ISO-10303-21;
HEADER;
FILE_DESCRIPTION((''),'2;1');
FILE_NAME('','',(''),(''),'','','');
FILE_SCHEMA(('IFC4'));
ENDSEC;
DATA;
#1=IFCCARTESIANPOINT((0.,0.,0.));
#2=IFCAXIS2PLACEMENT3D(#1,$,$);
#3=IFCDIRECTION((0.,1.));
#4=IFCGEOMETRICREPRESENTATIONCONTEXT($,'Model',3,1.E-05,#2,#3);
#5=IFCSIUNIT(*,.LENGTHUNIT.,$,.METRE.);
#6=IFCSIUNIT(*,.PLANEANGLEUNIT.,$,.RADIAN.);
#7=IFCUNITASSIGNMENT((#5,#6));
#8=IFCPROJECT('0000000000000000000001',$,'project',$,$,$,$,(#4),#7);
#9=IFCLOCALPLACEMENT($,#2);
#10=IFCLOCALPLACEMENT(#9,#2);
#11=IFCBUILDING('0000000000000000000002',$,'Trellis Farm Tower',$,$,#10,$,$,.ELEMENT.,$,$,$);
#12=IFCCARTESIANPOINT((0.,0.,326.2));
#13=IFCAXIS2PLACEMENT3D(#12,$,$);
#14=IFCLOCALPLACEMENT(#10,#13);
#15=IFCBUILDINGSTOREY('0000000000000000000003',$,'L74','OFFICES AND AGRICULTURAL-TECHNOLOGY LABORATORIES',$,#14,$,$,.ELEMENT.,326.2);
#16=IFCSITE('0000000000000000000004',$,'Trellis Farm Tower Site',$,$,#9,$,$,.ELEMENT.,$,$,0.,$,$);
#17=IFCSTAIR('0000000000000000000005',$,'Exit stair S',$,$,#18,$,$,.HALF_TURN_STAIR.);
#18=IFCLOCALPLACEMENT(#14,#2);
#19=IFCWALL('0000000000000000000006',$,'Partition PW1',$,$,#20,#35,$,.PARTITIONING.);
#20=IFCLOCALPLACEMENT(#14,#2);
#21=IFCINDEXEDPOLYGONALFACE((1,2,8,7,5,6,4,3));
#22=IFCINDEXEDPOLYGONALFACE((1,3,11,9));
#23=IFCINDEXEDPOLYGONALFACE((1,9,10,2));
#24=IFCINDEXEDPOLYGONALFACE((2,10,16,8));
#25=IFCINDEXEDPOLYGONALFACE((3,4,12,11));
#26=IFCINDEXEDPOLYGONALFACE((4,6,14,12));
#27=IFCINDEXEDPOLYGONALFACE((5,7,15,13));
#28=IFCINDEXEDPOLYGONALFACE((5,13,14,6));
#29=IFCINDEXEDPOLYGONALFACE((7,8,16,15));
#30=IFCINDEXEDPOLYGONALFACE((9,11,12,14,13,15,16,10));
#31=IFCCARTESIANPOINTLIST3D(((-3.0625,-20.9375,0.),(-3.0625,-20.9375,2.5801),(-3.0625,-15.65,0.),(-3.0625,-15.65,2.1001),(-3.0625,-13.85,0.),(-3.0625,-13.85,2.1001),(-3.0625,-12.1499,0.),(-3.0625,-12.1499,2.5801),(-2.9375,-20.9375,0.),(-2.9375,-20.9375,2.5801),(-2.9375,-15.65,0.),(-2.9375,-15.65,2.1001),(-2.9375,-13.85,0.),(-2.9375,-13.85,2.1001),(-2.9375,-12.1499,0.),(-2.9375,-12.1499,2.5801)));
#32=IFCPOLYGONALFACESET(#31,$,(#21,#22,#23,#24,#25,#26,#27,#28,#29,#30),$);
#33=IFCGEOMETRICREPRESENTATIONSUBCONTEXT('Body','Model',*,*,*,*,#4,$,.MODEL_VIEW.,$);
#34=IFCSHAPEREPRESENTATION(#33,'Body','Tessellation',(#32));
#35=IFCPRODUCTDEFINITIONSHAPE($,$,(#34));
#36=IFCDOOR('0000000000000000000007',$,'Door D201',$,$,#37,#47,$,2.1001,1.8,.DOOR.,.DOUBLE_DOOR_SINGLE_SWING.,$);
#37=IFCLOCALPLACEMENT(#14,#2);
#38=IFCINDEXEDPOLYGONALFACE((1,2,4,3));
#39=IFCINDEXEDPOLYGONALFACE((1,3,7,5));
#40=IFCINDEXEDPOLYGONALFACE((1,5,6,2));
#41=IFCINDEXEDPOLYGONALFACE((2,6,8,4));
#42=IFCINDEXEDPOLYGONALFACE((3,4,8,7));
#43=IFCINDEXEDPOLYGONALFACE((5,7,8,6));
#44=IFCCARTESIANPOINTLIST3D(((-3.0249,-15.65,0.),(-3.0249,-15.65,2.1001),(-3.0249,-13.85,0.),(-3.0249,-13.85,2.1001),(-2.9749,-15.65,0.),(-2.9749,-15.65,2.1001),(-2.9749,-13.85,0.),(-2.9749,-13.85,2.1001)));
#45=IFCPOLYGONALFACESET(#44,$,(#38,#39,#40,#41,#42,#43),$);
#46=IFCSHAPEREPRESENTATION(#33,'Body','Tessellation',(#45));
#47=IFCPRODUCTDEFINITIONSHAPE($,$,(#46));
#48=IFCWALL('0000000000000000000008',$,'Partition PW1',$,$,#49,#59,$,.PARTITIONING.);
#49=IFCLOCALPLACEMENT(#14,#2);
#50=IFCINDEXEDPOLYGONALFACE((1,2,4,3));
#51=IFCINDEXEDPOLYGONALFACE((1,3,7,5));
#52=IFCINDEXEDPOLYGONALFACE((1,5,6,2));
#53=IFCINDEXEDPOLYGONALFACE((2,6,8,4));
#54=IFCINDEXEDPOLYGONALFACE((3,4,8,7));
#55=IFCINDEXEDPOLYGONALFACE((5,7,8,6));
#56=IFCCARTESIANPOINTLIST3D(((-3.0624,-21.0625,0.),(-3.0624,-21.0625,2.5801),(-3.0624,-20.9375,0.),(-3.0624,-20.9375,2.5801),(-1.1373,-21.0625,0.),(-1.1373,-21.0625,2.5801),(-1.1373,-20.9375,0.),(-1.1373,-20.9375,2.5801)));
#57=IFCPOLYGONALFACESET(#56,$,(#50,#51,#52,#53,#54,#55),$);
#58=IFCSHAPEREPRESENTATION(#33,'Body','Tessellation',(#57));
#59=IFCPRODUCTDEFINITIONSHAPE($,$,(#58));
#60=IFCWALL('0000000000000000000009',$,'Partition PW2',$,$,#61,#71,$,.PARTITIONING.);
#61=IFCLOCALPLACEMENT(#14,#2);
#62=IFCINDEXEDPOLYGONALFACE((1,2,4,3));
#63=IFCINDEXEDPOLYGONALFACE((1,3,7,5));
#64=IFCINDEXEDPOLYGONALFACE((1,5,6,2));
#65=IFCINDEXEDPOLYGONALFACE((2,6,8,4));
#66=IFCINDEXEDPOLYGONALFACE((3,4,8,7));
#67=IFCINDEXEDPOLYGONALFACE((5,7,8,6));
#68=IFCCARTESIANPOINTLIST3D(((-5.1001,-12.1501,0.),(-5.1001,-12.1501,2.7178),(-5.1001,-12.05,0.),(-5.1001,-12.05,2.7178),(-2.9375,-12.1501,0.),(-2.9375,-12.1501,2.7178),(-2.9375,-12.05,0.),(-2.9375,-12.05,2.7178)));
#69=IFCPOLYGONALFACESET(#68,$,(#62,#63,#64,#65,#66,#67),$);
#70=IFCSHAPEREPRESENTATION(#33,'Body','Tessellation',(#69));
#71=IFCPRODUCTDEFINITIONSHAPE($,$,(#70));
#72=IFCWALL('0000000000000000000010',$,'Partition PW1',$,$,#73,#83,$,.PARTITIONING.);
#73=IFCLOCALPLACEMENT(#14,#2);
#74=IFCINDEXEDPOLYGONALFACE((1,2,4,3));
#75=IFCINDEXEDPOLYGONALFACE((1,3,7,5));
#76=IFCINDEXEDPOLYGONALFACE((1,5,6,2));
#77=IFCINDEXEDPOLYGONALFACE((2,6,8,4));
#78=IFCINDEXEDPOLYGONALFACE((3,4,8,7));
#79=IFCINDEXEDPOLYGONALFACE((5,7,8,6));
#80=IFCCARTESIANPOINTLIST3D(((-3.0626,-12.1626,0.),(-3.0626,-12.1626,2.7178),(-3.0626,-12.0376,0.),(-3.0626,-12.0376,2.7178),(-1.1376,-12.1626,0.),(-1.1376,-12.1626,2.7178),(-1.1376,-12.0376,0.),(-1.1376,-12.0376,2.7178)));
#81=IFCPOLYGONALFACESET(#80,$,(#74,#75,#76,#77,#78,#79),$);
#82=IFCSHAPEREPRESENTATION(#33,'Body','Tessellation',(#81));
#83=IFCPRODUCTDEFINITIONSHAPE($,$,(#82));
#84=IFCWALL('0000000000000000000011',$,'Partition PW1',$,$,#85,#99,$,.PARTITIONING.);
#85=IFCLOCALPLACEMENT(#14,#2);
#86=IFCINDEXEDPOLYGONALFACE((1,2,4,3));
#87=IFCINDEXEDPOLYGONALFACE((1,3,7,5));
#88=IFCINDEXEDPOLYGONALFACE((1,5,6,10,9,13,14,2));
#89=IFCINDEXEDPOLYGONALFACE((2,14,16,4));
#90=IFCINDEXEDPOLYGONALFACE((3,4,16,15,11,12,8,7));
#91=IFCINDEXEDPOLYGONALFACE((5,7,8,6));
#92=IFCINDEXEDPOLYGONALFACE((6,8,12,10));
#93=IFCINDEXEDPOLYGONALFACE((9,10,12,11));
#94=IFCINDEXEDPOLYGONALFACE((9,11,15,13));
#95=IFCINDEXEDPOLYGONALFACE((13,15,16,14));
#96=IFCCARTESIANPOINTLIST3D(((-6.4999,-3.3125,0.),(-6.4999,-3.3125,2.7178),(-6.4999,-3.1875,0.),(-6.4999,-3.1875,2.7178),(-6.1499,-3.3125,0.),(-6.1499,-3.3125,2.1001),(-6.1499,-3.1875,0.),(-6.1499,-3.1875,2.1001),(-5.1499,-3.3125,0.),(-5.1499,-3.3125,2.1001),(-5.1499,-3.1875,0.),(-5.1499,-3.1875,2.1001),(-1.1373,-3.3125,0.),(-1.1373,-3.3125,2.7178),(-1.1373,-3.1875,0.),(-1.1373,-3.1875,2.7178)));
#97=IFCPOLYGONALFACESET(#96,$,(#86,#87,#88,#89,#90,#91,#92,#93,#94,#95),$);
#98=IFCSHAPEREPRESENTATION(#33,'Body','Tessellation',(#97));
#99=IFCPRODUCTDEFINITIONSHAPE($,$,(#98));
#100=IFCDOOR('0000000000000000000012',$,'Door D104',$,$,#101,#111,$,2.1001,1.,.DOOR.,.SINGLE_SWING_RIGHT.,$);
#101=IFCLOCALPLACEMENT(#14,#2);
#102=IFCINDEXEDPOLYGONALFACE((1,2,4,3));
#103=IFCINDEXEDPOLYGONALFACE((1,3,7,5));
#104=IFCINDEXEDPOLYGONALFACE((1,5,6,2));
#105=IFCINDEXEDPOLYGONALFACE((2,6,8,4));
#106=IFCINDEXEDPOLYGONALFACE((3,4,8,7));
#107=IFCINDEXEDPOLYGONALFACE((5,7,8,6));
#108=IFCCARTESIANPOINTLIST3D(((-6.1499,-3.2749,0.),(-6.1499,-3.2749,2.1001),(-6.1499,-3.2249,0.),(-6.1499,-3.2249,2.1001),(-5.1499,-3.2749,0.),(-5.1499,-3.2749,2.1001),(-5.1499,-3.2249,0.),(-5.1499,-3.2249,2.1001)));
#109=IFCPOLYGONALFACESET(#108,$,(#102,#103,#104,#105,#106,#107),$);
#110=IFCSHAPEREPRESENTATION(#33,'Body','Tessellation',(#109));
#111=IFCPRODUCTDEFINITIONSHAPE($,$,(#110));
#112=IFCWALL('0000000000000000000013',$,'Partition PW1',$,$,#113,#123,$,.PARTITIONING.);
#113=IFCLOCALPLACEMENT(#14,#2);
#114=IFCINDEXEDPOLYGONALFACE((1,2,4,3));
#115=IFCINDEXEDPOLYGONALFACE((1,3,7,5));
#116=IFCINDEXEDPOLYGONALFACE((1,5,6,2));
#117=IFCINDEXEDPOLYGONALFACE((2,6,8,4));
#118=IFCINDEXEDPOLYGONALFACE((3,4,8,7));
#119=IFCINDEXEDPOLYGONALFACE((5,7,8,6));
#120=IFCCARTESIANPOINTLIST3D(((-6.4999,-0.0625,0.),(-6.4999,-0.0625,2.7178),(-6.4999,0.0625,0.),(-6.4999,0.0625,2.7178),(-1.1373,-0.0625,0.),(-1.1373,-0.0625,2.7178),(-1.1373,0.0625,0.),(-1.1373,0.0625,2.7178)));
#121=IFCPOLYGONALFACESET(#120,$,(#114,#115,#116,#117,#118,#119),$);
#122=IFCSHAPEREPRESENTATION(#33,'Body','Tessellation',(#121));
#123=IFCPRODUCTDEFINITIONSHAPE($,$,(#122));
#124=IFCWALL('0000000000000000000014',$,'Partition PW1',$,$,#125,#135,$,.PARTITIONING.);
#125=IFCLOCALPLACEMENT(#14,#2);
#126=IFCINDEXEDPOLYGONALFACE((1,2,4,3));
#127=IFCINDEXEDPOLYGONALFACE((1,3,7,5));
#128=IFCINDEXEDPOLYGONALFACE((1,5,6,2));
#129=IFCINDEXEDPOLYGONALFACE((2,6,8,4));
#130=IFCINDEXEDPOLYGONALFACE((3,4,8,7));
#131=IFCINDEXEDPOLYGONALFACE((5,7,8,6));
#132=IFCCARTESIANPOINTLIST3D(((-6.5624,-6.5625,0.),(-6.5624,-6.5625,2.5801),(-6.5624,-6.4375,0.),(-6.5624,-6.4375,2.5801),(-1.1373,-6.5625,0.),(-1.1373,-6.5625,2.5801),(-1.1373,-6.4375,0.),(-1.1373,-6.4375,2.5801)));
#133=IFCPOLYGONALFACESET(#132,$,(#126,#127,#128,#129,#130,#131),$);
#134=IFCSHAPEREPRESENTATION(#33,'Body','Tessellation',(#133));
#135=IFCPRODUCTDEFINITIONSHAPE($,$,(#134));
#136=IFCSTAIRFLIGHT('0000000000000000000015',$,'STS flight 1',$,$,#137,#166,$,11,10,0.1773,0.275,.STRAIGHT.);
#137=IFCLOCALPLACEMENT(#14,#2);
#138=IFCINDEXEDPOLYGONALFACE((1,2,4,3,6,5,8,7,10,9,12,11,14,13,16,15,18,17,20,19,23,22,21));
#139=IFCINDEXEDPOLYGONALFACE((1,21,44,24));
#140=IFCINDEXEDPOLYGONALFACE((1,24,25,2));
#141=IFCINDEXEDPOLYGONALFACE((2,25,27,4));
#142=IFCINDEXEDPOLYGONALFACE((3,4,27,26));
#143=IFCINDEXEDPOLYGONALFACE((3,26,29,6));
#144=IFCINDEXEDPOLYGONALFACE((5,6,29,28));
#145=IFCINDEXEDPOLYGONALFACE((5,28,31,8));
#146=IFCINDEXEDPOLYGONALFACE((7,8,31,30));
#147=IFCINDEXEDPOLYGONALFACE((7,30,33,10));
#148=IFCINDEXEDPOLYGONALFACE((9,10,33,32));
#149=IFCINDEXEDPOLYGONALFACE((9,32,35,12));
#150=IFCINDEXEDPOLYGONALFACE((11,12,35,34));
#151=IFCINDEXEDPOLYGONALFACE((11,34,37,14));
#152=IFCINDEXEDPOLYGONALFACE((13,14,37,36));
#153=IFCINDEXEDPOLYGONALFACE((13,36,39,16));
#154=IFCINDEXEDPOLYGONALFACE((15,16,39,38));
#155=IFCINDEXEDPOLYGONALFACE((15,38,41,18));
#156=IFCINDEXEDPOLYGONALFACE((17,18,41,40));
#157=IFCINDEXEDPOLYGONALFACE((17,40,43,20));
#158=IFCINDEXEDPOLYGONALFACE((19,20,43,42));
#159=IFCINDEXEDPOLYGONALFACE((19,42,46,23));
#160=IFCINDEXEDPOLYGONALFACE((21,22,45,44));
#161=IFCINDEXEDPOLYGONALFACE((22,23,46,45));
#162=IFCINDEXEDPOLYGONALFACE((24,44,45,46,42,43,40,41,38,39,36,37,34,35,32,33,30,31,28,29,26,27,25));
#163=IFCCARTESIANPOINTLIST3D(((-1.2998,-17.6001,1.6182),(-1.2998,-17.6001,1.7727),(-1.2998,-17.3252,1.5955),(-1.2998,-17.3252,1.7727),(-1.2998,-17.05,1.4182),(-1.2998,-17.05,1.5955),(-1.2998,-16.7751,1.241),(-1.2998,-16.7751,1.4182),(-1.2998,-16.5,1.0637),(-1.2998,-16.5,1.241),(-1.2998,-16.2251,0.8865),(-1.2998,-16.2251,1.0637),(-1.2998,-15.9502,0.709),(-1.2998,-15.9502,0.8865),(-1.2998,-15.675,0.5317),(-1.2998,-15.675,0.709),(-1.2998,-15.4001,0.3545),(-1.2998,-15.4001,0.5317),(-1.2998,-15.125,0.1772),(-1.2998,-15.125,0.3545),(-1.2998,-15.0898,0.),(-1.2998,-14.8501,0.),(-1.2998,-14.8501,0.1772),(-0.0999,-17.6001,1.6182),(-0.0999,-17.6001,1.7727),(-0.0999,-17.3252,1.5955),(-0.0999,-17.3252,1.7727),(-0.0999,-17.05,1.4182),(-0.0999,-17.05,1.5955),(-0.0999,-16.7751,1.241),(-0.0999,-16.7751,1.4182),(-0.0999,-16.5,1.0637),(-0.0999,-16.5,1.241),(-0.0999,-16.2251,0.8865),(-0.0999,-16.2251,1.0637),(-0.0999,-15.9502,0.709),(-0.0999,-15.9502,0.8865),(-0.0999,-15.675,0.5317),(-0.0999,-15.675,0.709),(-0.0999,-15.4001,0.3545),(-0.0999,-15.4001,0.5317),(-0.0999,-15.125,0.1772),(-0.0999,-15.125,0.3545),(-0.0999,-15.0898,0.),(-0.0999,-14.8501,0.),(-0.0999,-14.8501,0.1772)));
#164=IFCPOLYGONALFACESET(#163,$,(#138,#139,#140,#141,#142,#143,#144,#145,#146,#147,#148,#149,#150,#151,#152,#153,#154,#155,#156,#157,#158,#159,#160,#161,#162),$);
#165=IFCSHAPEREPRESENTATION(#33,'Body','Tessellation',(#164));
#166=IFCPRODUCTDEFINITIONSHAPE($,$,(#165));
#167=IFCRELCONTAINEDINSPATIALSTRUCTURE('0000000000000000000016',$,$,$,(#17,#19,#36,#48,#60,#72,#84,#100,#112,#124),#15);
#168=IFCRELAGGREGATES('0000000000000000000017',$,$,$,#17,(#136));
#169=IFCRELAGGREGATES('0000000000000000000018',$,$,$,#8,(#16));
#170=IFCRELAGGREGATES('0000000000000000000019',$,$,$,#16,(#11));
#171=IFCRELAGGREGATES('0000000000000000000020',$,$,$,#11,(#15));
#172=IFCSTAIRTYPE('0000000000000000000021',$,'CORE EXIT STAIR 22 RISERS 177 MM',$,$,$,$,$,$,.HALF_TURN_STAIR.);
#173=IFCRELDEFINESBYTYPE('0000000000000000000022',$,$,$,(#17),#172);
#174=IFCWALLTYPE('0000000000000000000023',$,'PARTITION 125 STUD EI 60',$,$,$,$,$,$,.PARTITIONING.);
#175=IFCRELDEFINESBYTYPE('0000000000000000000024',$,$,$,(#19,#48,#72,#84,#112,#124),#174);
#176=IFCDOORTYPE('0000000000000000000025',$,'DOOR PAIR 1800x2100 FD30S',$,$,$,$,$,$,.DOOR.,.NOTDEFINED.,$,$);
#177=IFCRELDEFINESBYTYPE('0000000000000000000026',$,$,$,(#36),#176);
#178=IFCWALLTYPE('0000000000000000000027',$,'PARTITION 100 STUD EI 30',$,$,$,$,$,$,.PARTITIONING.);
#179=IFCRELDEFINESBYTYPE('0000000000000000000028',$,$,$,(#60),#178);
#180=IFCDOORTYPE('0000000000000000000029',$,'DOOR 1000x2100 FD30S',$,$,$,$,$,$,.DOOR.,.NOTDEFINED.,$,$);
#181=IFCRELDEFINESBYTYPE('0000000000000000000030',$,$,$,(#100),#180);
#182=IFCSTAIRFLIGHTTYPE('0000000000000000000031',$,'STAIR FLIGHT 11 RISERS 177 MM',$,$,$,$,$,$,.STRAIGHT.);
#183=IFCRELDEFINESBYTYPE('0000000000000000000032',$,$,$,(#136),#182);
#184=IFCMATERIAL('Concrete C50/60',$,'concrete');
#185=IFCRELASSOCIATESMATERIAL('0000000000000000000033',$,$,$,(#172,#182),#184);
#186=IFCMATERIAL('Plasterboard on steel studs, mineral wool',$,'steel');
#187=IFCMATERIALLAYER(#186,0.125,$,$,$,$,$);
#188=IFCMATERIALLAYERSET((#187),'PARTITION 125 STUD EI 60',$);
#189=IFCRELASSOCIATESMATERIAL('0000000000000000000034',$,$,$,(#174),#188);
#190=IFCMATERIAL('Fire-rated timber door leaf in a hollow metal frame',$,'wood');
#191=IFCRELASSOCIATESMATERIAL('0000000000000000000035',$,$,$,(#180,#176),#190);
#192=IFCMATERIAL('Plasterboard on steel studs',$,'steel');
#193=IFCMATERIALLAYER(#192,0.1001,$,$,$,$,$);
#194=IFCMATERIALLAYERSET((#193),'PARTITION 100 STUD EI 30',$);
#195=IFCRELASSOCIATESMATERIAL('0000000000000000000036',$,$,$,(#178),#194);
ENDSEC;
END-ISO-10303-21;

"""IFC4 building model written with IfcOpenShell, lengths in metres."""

from ifc_helpers import new_model, si_unit, direction, frame, frame_2d, origin, place, context, subcontext, project, spatial, polyline, rectangle, outline, extrude, source, transform, mapped, material, layer, layer_set, type_object, element, fill, aggregate, save


model = new_model("IFC4")

# Units and contexts
model_context = context("Model", 3, precision=1e-05, world=origin(), true_north=direction((0.0, 1.0)))
body_context = subcontext(model_context, "Body", "Model", "MODEL_VIEW")
ifc_project = project(units=[si_unit("LENGTHUNIT", "METRE"), si_unit("PLANEANGLEUNIT", "RADIAN")], contexts=[model_context])

# Site, building, storey
site_placement = place(None, origin())
site = spatial("IfcSite", under=ifc_project, at=site_placement, Name="Trellis Farm Tower Site", CompositionType="ELEMENT", RefElevation=0.0)
building_placement = place(site_placement, origin())
building = spatial("IfcBuilding", under=site, at=building_placement, Name="Trellis Farm Tower", CompositionType="ELEMENT")
storey_placement = place(building_placement, frame((0.0, 0.0, 326.2)))
storey = spatial("IfcBuildingStorey", under=building, at=storey_placement, Name="L74", Description="OFFICES AND AGRICULTURAL-TECHNOLOGY LABORATORIES", CompositionType="ELEMENT", Elevation=326.2)

# Shared definitions
placement_1 = place(storey_placement, origin())

# Stair
ifc_material_1 = material(Name="Concrete C50/60", Category="concrete")
stair_type = type_object("IfcStairType", Name="CORE EXIT STAIR 22 RISERS 177 MM", PredefinedType="HALF_TURN_STAIR", material=ifc_material_1)
stair_1 = element("IfcStair", 1, at=placement_1, inside=storey, type_object=stair_type, Name="Exit stair S", PredefinedType="HALF_TURN_STAIR")

# Shared definitions
ifc_material_2 = material(Name="Plasterboard on steel studs, mineral wool", Category="steel")
ifc_layer_1 = layer(ifc_material_2, 0.125)
ifc_layer_set_1 = layer_set([ifc_layer_1], Name="PARTITION 125 STUD EI 60")
wall_type_1 = type_object("IfcWallType", Name="PARTITION 125 STUD EI 60", PredefinedType="PARTITIONING", material=ifc_layer_set_1)

# Wall, opening, door
shared_shape_1 = source(origin(), body_context, "Body", "SweptSolid", [
    extrude(rectangle(XDim=1.0, YDim=2.1001, at=frame_2d((0.5, 1.05))), frame((0.0, 0.0725, 0.0), z_axis=(0.0, -1.0, 0.0), x_axis=(1.0, 0.0, 0.0)), (0.0, 0.0, 1.0), 0.145),
])
ifc_material_3 = material(Name="Fire-rated timber door leaf in a hollow metal frame", Category="wood")
door_type_1 = type_object("IfcDoorType", Name="DOOR 1000x2100 FD30S", OperationType="NOTDEFINED", PredefinedType="DOOR", material=ifc_material_3)
shared_shape_2 = source(origin(), body_context, "Body", "SweptSolid", [
    extrude(rectangle(XDim=1.0, YDim=2.1001, at=frame_2d((0.5, 1.05))), frame((0.0, 0.0249, 0.0), z_axis=(0.0, -1.0, 0.0), x_axis=(1.0, 0.0, 0.0)), (0.0, 0.0, 1.0), 0.05),
])
shared_shape_3 = source(origin(), body_context, "Body", "SweptSolid", [
    extrude(rectangle(XDim=8.7876, YDim=0.125, at=frame_2d((4.3938, 0.0))), origin(), (0.0, 0.0, 1.0), 2.5801),
])
wall_1_placement = place(storey_placement, frame((-3.0, -20.9375, 0.0), z_axis=(0.0, 0.0, 1.0), x_axis=(0.0, 1.0, 0.0)))
wall_1 = element("IfcWall", 2, at=wall_1_placement, inside=storey, type_object=wall_type_1, Name="Partition PW1", PredefinedType="PARTITIONING", context=body_context, shape_type="MappedRepresentation", body=[
    mapped(shared_shape_3, transform((0.0, 0.0, 0.0))),
])
shared_shape_4 = source(origin(), body_context, "Body", "SweptSolid", [
    extrude(rectangle(XDim=1.8, YDim=2.1001, at=frame_2d((0.8999, 1.05))), frame((0.0, 0.0725, 0.0), z_axis=(0.0, -1.0, 0.0), x_axis=(1.0, 0.0, 0.0)), (0.0, 0.0, 1.0), 0.145),
])
opening_1_placement = place(wall_1_placement, frame((5.2876, 0.0, 0.0)))
opening_1 = element("IfcOpeningElement", 3, at=opening_1_placement, cuts=wall_1, PredefinedType="OPENING", context=body_context, shape_type="MappedRepresentation", body=[
    mapped(shared_shape_4, transform((0.0, 0.0, 0.0))),
])
door_type_2 = type_object("IfcDoorType", Name="DOOR PAIR 1800x2100 FD30S", OperationType="NOTDEFINED", PredefinedType="DOOR", material=ifc_material_3)
shared_shape_5 = source(origin(), body_context, "Body", "SweptSolid", [
    extrude(rectangle(XDim=1.8, YDim=2.1001, at=frame_2d((0.8999, 1.05))), frame((0.0, 0.0249, 0.0), z_axis=(0.0, -1.0, 0.0), x_axis=(1.0, 0.0, 0.0)), (0.0, 0.0, 1.0), 0.05),
])
door_1_placement = place(opening_1_placement, origin())
door_1 = element("IfcDoor", 4, at=door_1_placement, inside=storey, type_object=door_type_2, Name="Door D201", OperationType="DOUBLE_DOOR_SINGLE_SWING", OverallHeight=2.1001, OverallWidth=1.8, PredefinedType="DOOR", context=body_context, shape_type="MappedRepresentation", body=[
    mapped(shared_shape_5, transform((0.0, 0.0, 0.0))),
])
fill(opening_1, door_1)

# Walls
shared_shape_6 = source(origin(), body_context, "Body", "SweptSolid", [
    extrude(rectangle(XDim=1.925, YDim=0.125, at=frame_2d((0.9624, 0.0))), origin(), (0.0, 0.0, 1.0), 2.5801),
])
wall_2_placement = place(storey_placement, frame((-1.1375, -21.0, 0.0), z_axis=(0.0, 0.0, 1.0), x_axis=(-1.0, 0.0, 0.0)))
element("IfcWall", 5, at=wall_2_placement, inside=storey, type_object=wall_type_1, Name="Partition PW1", PredefinedType="PARTITIONING", context=body_context, shape_type="MappedRepresentation", body=[
    mapped(shared_shape_6, transform((0.0, 0.0, 0.0))),
])
ifc_material_4 = material(Name="Plasterboard on steel studs", Category="steel")
ifc_layer_2 = layer(ifc_material_4, 0.1001)
ifc_layer_set_2 = layer_set([ifc_layer_2], Name="PARTITION 100 STUD EI 30")
wall_type_2 = type_object("IfcWallType", Name="PARTITION 100 STUD EI 30", PredefinedType="PARTITIONING", material=ifc_layer_set_2)
shared_shape_7 = source(origin(), body_context, "Body", "SweptSolid", [
    extrude(rectangle(XDim=2.1626, YDim=0.1001, at=frame_2d((1.0813, 0.0))), origin(), (0.0, 0.0, 1.0), 2.7178),
])
wall_3_placement = place(storey_placement, frame((-5.1001, -12.1001, 0.0), z_axis=(0.0, 0.0, 1.0), x_axis=(1.0, 0.0, 0.0)))
element("IfcWall", 6, at=wall_3_placement, inside=storey, type_object=wall_type_2, Name="Partition PW2", PredefinedType="PARTITIONING", context=body_context, shape_type="MappedRepresentation", body=[
    mapped(shared_shape_7, transform((0.0, 0.0, 0.0))),
])
shared_shape_8 = source(origin(), body_context, "Body", "SweptSolid", [
    extrude(rectangle(XDim=1.925, YDim=0.125, at=frame_2d((0.9624, 0.0))), origin(), (0.0, 0.0, 1.0), 2.7178),
])
wall_4_placement = place(storey_placement, frame((-3.0625, -12.1001, 0.0), z_axis=(0.0, 0.0, 1.0), x_axis=(1.0, 0.0, 0.0)))
element("IfcWall", 7, at=wall_4_placement, inside=storey, type_object=wall_type_1, Name="Partition PW1", PredefinedType="PARTITIONING", context=body_context, shape_type="MappedRepresentation", body=[
    mapped(shared_shape_8, transform((0.0, 0.0, 0.0))),
])

# Wall, opening, door
shared_shape_9 = source(origin(), body_context, "Body", "SweptSolid", [
    extrude(rectangle(XDim=5.3625, YDim=0.125, at=frame_2d((2.6812, 0.0))), origin(), (0.0, 0.0, 1.0), 2.7178),
])
wall_5_placement = place(storey_placement, frame((-1.1375, -3.25, 0.0), z_axis=(0.0, 0.0, 1.0), x_axis=(-1.0, 0.0, 0.0)))
wall_5 = element("IfcWall", 8, at=wall_5_placement, inside=storey, type_object=wall_type_1, Name="Partition PW1", PredefinedType="PARTITIONING", context=body_context, shape_type="MappedRepresentation", body=[
    mapped(shared_shape_9, transform((0.0, 0.0, 0.0))),
])
opening_2_placement = place(wall_5_placement, frame((4.0125, 0.0, 0.0)))
opening_2 = element("IfcOpeningElement", 9, at=opening_2_placement, cuts=wall_5, PredefinedType="OPENING", context=body_context, shape_type="MappedRepresentation", body=[
    mapped(shared_shape_1, transform((0.0, 0.0, 0.0))),
])
door_2_placement = place(opening_2_placement, origin())
door_2 = element("IfcDoor", 10, at=door_2_placement, inside=storey, type_object=door_type_1, Name="Door D104", OperationType="SINGLE_SWING_RIGHT", OverallHeight=2.1001, OverallWidth=1.0, PredefinedType="DOOR", context=body_context, shape_type="MappedRepresentation", body=[
    mapped(shared_shape_2, transform((0.0, 0.0, 0.0))),
])
fill(opening_2, door_2)

# Walls
wall_6_placement = place(storey_placement, frame((-1.1375, 0.0, 0.0), z_axis=(0.0, 0.0, 1.0), x_axis=(-1.0, 0.0, 0.0)))
element("IfcWall", 11, at=wall_6_placement, inside=storey, type_object=wall_type_1, Name="Partition PW1", PredefinedType="PARTITIONING", context=body_context, shape_type="MappedRepresentation", body=[
    mapped(shared_shape_9, transform((0.0, 0.0, 0.0))),
])
shared_shape_10 = source(origin(), body_context, "Body", "SweptSolid", [
    extrude(rectangle(XDim=5.425, YDim=0.125, at=frame_2d((2.7124, 0.0))), origin(), (0.0, 0.0, 1.0), 2.5801),
])
wall_7_placement = place(storey_placement, frame((-1.1375, -6.5, 0.0), z_axis=(0.0, 0.0, 1.0), x_axis=(-1.0, 0.0, 0.0)))
element("IfcWall", 12, at=wall_7_placement, inside=storey, type_object=wall_type_1, Name="Partition PW1", PredefinedType="PARTITIONING", context=body_context, shape_type="MappedRepresentation", body=[
    mapped(shared_shape_10, transform((0.0, 0.0, 0.0))),
])

# Stair flight
stair_flight_type = type_object("IfcStairFlightType", Name="STAIR FLIGHT 11 RISERS 177 MM", PredefinedType="STRAIGHT", material=ifc_material_1)
shared_shape_11 = source(origin(), body_context, "Body", "SweptSolid", [
    extrude(outline(polyline([(0.0, 0.0), (0.0, 0.1772), (0.2749, 0.1772), (0.2749, 0.3545), (0.55, 0.3545), (0.55, 0.5317), (0.825, 0.5317), (0.825, 0.709), (1.1001, 0.709), (1.1001, 0.8865), (1.375, 0.8865), (1.375, 1.0637), (1.6499, 1.0637), (1.6499, 1.241), (1.925, 1.241), (1.925, 1.4182), (2.2, 1.4182), (2.2, 1.5955), (2.4751, 1.5955), (2.4751, 1.7727), (2.75, 1.7727), (2.75, 1.95), (2.75, 1.6182), (0.2397, 0.0), (0.0, 0.0)])), frame((0.0, 0.6001, 0.0), z_axis=(0.0, -1.0, 0.0), x_axis=(1.0, 0.0, 0.0)), (0.0, 0.0, 1.0), 1.2),
])
stair_flight_placement = place(storey_placement, frame((-0.7, -14.8501, 0.0), z_axis=(0.0, 0.0, 1.0), x_axis=(0.0, -1.0, 0.0)))
stair_flight = element("IfcStairFlight", 13, at=stair_flight_placement, type_object=stair_flight_type, Name="STS flight 1", NumberOfRisers=11, NumberOfTreads=10, PredefinedType="STRAIGHT", RiserHeight=0.1773, TreadLength=0.275, context=body_context, shape_type="MappedRepresentation", body=[
    mapped(shared_shape_11, transform((0.0, 0.0, 0.0))),
])
aggregate(stair_1, [stair_flight])

save(model, "model.ifc")
